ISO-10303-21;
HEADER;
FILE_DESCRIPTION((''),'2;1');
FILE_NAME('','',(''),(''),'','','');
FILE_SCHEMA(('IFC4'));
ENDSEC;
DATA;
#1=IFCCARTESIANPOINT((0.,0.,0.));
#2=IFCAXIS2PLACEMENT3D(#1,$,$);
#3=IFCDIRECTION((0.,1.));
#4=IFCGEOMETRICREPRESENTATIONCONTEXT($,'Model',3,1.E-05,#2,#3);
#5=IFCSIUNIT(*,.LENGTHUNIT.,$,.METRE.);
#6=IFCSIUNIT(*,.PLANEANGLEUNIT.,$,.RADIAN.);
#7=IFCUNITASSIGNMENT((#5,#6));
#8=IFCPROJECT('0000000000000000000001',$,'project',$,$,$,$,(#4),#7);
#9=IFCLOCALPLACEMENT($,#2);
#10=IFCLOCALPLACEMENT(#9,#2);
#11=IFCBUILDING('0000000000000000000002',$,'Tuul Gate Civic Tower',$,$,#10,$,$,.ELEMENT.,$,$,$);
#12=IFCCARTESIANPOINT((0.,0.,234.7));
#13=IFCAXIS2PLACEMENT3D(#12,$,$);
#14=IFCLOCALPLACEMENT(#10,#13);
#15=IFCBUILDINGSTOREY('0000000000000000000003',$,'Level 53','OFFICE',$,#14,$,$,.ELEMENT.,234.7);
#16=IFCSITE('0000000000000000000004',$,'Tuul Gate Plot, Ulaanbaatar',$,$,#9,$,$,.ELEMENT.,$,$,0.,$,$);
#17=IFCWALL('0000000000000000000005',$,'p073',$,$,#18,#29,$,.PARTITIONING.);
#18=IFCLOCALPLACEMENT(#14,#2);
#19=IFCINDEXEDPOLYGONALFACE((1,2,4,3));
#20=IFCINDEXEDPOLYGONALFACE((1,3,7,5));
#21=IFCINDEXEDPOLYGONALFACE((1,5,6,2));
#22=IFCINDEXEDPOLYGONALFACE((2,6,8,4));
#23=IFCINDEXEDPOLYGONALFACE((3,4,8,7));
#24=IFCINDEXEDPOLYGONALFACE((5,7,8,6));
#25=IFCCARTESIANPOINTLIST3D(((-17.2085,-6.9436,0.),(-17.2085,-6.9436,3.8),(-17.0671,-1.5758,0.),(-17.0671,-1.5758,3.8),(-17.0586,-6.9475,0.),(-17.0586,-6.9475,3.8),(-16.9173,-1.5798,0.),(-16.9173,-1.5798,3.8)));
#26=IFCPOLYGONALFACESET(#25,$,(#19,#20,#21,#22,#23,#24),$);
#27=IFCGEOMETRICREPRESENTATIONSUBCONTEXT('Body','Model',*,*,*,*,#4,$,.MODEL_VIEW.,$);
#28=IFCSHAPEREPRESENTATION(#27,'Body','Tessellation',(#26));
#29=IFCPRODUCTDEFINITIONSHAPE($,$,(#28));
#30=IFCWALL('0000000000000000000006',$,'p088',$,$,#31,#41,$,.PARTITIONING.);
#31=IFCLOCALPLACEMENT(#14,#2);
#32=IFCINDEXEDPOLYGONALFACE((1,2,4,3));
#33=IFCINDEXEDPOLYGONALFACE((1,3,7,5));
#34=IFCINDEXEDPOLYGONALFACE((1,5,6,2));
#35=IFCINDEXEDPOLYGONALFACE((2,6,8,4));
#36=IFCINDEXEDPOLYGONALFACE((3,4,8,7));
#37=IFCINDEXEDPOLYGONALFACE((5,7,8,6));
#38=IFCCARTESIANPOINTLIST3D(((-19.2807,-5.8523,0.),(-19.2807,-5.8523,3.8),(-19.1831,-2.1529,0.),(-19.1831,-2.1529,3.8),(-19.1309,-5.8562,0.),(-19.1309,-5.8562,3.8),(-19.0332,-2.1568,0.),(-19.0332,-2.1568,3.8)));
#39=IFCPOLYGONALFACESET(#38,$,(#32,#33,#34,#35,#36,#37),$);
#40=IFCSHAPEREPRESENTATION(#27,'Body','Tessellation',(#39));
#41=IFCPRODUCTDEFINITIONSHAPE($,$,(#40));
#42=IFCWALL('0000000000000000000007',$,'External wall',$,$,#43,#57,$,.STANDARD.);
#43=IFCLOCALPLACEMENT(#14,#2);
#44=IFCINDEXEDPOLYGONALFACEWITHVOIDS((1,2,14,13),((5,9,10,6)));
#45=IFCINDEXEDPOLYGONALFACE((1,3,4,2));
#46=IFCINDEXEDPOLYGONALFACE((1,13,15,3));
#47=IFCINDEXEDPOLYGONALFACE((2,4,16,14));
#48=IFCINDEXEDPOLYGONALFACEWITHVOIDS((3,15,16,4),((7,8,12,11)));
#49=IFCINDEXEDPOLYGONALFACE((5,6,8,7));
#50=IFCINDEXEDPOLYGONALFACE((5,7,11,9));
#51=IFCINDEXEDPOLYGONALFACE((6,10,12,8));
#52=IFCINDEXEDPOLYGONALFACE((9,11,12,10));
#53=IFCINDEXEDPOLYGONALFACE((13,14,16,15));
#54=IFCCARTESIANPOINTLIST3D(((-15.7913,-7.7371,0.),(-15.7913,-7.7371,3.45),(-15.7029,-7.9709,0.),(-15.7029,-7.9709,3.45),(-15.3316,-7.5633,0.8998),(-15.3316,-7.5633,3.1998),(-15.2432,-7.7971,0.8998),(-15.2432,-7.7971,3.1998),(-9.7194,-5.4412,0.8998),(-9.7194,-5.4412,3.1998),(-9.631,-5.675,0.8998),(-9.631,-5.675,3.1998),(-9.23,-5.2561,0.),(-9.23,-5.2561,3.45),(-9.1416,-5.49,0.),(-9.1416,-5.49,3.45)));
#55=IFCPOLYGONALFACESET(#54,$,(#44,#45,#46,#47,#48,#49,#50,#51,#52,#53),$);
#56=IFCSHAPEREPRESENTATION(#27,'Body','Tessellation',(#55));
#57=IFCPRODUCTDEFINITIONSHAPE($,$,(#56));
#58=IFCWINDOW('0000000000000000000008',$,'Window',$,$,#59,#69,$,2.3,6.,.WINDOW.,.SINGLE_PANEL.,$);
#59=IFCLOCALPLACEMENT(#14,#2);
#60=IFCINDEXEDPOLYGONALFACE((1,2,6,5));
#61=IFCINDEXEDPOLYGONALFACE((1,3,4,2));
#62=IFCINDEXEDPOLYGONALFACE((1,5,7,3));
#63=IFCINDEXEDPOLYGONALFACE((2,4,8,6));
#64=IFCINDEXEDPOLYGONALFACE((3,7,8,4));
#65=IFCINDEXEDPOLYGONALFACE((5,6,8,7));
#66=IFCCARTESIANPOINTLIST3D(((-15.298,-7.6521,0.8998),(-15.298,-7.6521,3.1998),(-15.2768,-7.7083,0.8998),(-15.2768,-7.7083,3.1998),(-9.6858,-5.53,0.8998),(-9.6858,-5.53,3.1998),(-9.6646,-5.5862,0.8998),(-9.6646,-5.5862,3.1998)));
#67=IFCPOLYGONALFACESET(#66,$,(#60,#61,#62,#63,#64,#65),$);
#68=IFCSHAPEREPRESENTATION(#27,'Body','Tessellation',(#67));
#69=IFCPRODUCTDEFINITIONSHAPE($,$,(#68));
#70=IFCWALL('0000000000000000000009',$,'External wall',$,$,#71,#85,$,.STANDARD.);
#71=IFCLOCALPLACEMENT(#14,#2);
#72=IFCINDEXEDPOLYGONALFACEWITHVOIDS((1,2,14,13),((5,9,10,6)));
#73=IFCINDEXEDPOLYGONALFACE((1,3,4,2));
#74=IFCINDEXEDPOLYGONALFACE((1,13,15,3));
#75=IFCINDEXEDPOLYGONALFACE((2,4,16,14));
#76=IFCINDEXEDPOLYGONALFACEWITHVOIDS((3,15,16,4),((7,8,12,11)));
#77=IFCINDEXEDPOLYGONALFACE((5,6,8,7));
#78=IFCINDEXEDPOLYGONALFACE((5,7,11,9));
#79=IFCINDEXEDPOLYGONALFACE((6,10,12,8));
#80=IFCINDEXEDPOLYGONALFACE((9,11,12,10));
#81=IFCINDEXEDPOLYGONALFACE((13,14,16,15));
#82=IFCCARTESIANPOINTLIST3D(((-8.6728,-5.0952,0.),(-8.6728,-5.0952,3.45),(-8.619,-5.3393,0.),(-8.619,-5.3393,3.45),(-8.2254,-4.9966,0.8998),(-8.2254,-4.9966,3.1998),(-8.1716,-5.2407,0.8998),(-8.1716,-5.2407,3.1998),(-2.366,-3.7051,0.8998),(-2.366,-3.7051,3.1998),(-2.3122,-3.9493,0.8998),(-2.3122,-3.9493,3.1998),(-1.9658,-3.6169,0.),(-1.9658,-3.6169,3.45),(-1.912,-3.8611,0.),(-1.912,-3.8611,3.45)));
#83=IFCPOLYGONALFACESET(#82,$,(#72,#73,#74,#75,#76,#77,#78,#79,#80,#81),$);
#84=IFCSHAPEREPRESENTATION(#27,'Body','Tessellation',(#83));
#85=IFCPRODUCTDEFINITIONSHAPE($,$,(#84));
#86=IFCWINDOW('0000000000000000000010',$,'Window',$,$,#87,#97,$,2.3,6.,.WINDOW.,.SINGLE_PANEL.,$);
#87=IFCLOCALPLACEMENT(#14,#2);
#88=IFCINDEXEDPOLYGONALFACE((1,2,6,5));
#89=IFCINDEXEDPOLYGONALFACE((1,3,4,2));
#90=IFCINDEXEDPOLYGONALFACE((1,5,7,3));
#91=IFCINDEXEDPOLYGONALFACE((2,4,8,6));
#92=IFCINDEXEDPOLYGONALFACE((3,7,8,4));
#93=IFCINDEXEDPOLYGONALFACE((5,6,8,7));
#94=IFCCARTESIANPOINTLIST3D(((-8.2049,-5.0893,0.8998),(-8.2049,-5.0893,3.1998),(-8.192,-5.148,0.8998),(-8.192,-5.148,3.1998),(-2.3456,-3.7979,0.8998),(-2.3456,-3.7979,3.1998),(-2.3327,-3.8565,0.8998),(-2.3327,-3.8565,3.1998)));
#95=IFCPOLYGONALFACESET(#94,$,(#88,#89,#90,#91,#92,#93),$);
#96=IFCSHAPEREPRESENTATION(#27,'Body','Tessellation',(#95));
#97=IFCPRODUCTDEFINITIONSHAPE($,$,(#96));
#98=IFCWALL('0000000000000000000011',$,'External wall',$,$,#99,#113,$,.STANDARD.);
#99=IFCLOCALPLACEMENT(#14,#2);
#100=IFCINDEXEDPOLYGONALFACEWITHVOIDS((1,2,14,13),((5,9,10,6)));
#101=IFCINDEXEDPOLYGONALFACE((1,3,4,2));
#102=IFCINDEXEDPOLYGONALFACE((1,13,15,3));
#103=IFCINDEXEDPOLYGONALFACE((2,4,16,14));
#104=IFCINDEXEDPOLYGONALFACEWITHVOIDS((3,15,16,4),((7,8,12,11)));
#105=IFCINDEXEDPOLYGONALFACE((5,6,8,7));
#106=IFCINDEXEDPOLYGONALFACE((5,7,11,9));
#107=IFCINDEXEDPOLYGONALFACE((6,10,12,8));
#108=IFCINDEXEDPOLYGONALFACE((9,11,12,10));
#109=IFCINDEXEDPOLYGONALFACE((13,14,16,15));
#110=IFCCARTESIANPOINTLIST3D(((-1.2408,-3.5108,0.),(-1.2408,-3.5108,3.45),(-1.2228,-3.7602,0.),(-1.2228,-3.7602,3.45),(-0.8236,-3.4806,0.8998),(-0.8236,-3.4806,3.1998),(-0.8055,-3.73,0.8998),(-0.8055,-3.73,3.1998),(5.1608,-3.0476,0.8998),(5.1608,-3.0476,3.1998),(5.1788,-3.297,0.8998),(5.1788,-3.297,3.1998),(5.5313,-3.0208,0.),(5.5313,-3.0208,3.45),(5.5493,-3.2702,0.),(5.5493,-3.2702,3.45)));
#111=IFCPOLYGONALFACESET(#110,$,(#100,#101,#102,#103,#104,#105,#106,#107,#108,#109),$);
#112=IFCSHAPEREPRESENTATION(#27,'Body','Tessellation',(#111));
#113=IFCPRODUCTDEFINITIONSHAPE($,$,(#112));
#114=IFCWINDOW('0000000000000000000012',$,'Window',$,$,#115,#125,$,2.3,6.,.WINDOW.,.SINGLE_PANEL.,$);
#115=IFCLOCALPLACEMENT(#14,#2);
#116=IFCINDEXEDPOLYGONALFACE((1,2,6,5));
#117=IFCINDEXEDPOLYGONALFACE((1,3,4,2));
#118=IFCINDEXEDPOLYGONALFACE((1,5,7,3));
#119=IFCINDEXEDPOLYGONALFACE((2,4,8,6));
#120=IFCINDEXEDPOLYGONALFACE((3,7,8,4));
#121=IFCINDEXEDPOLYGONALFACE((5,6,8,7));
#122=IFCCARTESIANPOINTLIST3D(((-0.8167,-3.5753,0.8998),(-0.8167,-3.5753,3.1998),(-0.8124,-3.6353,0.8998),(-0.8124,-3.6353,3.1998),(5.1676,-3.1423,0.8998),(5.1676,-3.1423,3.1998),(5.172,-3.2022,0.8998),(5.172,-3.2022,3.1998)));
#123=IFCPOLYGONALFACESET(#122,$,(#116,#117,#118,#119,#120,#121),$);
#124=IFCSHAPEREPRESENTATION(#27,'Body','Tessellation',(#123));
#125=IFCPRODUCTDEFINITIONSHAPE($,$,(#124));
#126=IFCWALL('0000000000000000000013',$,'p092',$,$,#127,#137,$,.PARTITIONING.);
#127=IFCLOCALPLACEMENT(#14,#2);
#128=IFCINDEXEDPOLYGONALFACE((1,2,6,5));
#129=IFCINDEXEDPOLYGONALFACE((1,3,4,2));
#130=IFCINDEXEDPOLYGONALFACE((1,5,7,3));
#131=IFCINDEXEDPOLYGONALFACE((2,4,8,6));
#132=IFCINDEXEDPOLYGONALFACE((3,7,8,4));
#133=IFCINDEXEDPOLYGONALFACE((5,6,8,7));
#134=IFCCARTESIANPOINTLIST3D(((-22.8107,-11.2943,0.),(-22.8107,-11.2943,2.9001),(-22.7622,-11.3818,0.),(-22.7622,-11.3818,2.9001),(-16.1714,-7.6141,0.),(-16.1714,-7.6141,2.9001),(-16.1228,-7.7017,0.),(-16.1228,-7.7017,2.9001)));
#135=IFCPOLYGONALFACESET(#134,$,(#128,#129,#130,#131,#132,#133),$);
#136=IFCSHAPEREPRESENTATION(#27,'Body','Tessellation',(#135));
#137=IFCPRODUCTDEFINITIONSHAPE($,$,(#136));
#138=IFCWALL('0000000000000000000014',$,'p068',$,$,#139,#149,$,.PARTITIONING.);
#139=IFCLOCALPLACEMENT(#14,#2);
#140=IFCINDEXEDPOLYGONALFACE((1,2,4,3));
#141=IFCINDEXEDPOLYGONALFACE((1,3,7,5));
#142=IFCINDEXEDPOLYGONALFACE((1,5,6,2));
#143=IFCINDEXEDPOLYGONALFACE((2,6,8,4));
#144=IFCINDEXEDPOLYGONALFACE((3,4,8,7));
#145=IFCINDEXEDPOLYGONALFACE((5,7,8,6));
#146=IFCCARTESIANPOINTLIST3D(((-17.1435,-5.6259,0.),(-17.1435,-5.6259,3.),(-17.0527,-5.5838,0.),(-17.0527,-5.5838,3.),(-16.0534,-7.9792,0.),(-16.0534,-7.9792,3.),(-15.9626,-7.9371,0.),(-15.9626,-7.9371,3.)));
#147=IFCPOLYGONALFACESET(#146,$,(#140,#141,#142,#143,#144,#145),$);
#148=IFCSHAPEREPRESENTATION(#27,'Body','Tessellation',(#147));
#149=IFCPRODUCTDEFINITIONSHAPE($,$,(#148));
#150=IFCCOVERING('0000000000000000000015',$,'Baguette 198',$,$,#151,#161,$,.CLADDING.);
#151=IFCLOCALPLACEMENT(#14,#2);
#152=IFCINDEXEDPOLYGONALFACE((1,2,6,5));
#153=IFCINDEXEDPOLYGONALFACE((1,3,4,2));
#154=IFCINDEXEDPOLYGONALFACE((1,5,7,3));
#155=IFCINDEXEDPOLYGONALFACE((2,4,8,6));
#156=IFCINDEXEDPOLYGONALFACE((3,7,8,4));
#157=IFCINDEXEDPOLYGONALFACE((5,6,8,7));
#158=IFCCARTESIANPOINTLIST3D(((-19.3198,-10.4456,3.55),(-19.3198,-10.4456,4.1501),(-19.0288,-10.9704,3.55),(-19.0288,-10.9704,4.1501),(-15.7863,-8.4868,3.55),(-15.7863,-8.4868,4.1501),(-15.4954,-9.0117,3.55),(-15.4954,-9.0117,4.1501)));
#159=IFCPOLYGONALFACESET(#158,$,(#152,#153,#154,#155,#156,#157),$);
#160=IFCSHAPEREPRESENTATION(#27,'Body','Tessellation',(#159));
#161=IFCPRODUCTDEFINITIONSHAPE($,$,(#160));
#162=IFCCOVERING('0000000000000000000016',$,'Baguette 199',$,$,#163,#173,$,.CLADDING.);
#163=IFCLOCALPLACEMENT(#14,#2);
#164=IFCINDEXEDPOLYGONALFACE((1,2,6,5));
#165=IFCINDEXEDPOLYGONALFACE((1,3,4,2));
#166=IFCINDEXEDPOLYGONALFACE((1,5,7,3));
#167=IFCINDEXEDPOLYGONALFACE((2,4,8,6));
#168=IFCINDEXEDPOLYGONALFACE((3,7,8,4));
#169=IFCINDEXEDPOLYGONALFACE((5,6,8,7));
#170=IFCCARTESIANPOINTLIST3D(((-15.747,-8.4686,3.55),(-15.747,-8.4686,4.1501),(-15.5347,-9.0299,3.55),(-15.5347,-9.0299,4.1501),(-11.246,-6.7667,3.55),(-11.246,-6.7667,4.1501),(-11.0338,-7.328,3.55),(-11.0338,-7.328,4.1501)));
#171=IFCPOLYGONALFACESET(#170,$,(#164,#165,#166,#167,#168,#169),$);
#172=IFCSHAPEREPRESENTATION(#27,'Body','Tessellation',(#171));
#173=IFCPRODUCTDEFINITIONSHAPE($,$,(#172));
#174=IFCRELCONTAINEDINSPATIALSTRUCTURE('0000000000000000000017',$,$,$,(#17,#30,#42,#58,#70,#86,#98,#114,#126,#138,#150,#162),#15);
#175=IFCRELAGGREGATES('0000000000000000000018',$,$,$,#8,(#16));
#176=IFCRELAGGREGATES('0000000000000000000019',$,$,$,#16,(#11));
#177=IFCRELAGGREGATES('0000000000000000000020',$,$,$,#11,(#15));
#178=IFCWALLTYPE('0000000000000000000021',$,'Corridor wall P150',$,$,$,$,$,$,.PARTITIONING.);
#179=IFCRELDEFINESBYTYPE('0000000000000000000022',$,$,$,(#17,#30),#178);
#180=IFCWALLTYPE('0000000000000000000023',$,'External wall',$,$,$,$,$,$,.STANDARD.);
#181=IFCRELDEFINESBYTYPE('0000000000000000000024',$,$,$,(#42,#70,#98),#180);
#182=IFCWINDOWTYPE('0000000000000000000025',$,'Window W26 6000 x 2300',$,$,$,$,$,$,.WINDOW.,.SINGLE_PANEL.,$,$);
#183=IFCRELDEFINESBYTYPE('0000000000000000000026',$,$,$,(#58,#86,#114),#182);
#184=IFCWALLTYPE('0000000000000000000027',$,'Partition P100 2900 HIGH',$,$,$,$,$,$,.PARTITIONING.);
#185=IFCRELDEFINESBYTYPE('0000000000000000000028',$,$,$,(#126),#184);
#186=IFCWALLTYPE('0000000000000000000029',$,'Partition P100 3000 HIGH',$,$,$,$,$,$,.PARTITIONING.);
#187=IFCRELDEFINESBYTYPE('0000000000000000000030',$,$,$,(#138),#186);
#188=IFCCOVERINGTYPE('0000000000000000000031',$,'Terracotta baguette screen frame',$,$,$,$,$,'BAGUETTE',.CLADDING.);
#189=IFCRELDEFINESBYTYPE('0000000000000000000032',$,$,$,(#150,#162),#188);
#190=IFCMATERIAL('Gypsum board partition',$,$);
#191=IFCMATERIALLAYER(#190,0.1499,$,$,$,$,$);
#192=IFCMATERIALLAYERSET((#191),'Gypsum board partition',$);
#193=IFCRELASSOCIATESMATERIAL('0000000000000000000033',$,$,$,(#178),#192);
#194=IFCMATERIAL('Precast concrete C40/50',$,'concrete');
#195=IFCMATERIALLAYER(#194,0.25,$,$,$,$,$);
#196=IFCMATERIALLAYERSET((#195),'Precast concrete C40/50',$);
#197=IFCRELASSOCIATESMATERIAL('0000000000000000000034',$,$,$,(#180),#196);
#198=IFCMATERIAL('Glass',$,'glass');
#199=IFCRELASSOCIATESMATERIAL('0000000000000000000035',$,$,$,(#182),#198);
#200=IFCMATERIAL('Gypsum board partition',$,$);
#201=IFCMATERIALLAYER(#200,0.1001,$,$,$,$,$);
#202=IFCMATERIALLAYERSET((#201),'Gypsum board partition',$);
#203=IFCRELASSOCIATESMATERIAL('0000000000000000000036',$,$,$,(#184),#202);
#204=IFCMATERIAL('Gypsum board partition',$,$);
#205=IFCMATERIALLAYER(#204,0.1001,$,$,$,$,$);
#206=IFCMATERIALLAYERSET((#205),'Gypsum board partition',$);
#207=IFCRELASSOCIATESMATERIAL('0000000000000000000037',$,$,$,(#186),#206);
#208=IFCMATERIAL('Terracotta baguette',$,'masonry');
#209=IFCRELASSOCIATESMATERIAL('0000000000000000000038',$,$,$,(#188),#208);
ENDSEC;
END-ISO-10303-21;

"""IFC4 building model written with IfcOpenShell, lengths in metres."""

from ifc_helpers import new_model, si_unit, direction, frame, frame_2d, origin, origin_2d, place, context, subcontext, project, spatial, rectangle, extrude, material, layer, layer_set, material_profile, profile_set, type_object, element, fill, save


model = new_model("IFC4")

# Units and contexts
model_context = context("Model", 3, precision=1e-05, world=origin(), true_north=direction((0.0, 1.0)))
body_context = subcontext(model_context, "Body", "Model", "MODEL_VIEW")
ifc_project = project(units=[si_unit("LENGTHUNIT", "METRE"), si_unit("PLANEANGLEUNIT", "RADIAN")], contexts=[model_context])

# Site, building, storey
site_placement = place(None, origin())
site = spatial("IfcSite", under=ifc_project, at=site_placement, Name="Tuul Gate Plot, Ulaanbaatar", CompositionType="ELEMENT", RefElevation=0.0)
building_placement = place(site_placement, origin())
building = spatial("IfcBuilding", under=site, at=building_placement, Name="Tuul Gate Civic Tower", CompositionType="ELEMENT")
storey_placement = place(building_placement, frame((0.0, 0.0, 234.7)))
storey = spatial("IfcBuildingStorey", under=building, at=storey_placement, Name="Level 53", Description="OFFICE", CompositionType="ELEMENT", Elevation=234.7)

# Walls
ifc_material_1 = material(Name="Gypsum board partition")
ifc_layer_1 = layer(ifc_material_1, 0.1499)
ifc_layer_set_1 = layer_set([ifc_layer_1], Name="Gypsum board partition")
wall_type_1 = type_object("IfcWallType", Name="Corridor wall P150", PredefinedType="PARTITIONING", material=ifc_layer_set_1)
wall_1_placement = place(storey_placement, frame((-17.1335, -6.9456, 0.0), z_axis=(0.0, 0.0, 1.0), x_axis=(0.026326, 0.999653, 0.0)))
element("IfcWall", 1, at=wall_1_placement, inside=storey, type_object=wall_type_1, Name="p073", PredefinedType="PARTITIONING", context=body_context, shape_type="SweptSolid", body=[
    extrude(rectangle(XDim=5.3696, YDim=0.1499, at=frame_2d((2.6848, 0.0))), origin(), (0.0, 0.0, 1.0), 3.8),
])
wall_2_placement = place(storey_placement, frame((-19.2058, -5.8542, 0.0), z_axis=(0.0, 0.0, 1.0), x_axis=(0.026388, 0.999652, 0.0)))
element("IfcWall", 2, at=wall_2_placement, inside=storey, type_object=wall_type_1, Name="p088", PredefinedType="PARTITIONING", context=body_context, shape_type="SweptSolid", body=[
    extrude(rectangle(XDim=3.7007, YDim=0.1499, at=frame_2d((1.8503, 0.0))), origin(), (0.0, 0.0, 1.0), 3.8),
])

# Walls, openings, windows
ifc_material_2 = material(Name="Precast concrete C40/50", Category="concrete")
ifc_layer_2 = layer(ifc_material_2, 0.25)
ifc_layer_set_2 = layer_set([ifc_layer_2], Name="Precast concrete C40/50")
wall_type_2 = type_object("IfcWallType", Name="External wall", PredefinedType="STANDARD", material=ifc_layer_set_2)
wall_3_placement = place(storey_placement, frame((-15.7471, -7.854, 0.0), z_axis=(0.0, 0.0, 1.0), x_axis=(0.935366, 0.353681, 0.0)))
wall_3 = element("IfcWall", 3, at=wall_3_placement, inside=storey, type_object=wall_type_2, Name="External wall", PredefinedType="STANDARD", context=body_context, shape_type="SweptSolid", body=[
    extrude(rectangle(XDim=7.0146, YDim=0.25, at=frame_2d((3.5073, 0.0))), origin(), (0.0, 0.0, 1.0), 3.45),
])
opening_1_placement = place(wall_3_placement, frame((0.4915, 0.0, 0.8999)))
opening_1 = element("IfcOpeningElement", 4, at=opening_1_placement, cuts=wall_3, PredefinedType="OPENING", context=body_context, shape_type="SweptSolid", body=[
    extrude(rectangle(XDim=6.0, YDim=2.3, at=frame_2d((3.0, 1.1499))), frame((0.0, 0.135, 0.0), z_axis=(0.0, -1.0, 0.0), x_axis=(1.0, 0.0, 0.0)), (0.0, 0.0, 1.0), 0.27),
])
ifc_material_3 = material(Name="Glass", Category="glass")
window_type = type_object("IfcWindowType", Name="Window W26 6000 x 2300", PartitioningType="SINGLE_PANEL", PredefinedType="WINDOW", material=ifc_material_3)
window_1_placement = place(opening_1_placement, origin())
window_1 = element("IfcWindow", 5, at=window_1_placement, inside=storey, type_object=window_type, Name="Window", OverallHeight=2.3, OverallWidth=6.0, PartitioningType="SINGLE_PANEL", PredefinedType="WINDOW", context=body_context, shape_type="SweptSolid", body=[
    extrude(rectangle(XDim=6.0, YDim=2.3, at=frame_2d((3.0, 1.1499))), frame((0.0, 0.03, 0.0), z_axis=(0.0, -1.0, 0.0), x_axis=(1.0, 0.0, 0.0)), (0.0, 0.0, 1.0), 0.0601),
])
fill(opening_1, window_1)
wall_4_placement = place(storey_placement, frame((-8.646, -5.2173, 0.0), z_axis=(0.0, 0.0, 1.0), x_axis=(0.976561, 0.21524, 0.0)))
wall_4 = element("IfcWall", 6, at=wall_4_placement, inside=storey, type_object=wall_type_2, Name="External wall", PredefinedType="STANDARD", context=body_context, shape_type="SweptSolid", body=[
    extrude(rectangle(XDim=6.8679, YDim=0.25, at=frame_2d((3.4341, 0.0))), origin(), (0.0, 0.0, 1.0), 3.45),
])
opening_2_placement = place(wall_4_placement, frame((0.4583, 0.0, 0.8999)))
opening_2 = element("IfcOpeningElement", 7, at=opening_2_placement, cuts=wall_4, PredefinedType="OPENING", context=body_context, shape_type="SweptSolid", body=[
    extrude(rectangle(XDim=6.0, YDim=2.3, at=frame_2d((3.0, 1.1499))), frame((0.0, 0.135, 0.0), z_axis=(0.0, -1.0, 0.0), x_axis=(1.0, 0.0, 0.0)), (0.0, 0.0, 1.0), 0.27),
])
window_2_placement = place(opening_2_placement, origin())
window_2 = element("IfcWindow", 8, at=window_2_placement, inside=storey, type_object=window_type, Name="Window", OverallHeight=2.3, OverallWidth=6.0, PartitioningType="SINGLE_PANEL", PredefinedType="WINDOW", context=body_context, shape_type="SweptSolid", body=[
    extrude(rectangle(XDim=6.0, YDim=2.3, at=frame_2d((3.0, 1.1499))), frame((0.0, 0.03, 0.0), z_axis=(0.0, -1.0, 0.0), x_axis=(1.0, 0.0, 0.0)), (0.0, 0.0, 1.0), 0.0601),
])
fill(opening_2, window_2)
wall_5_placement = place(storey_placement, frame((-1.2319, -3.6355, 0.0), z_axis=(0.0, 0.0, 1.0), x_axis=(0.997393, 0.072167, 0.0)))
wall_5 = element("IfcWall", 9, at=wall_5_placement, inside=storey, type_object=wall_type_2, Name="External wall", PredefinedType="STANDARD", context=body_context, shape_type="SweptSolid", body=[
    extrude(rectangle(XDim=6.7898, YDim=0.25, at=frame_2d((3.395, 0.0))), origin(), (0.0, 0.0, 1.0), 3.45),
])
opening_3_placement = place(wall_5_placement, frame((0.4185, 0.0, 0.8999)))
opening_3 = element("IfcOpeningElement", 10, at=opening_3_placement, cuts=wall_5, PredefinedType="OPENING", context=body_context, shape_type="SweptSolid", body=[
    extrude(rectangle(XDim=6.0, YDim=2.3, at=frame_2d((3.0, 1.1499))), frame((0.0, 0.135, 0.0), z_axis=(0.0, -1.0, 0.0), x_axis=(1.0, 0.0, 0.0)), (0.0, 0.0, 1.0), 0.27),
])
window_3_placement = place(opening_3_placement, origin())
window_3 = element("IfcWindow", 11, at=window_3_placement, inside=storey, type_object=window_type, Name="Window", OverallHeight=2.3, OverallWidth=6.0, PartitioningType="SINGLE_PANEL", PredefinedType="WINDOW", context=body_context, shape_type="SweptSolid", body=[
    extrude(rectangle(XDim=6.0, YDim=2.3, at=frame_2d((3.0, 1.1499))), frame((0.0, 0.03, 0.0), z_axis=(0.0, -1.0, 0.0), x_axis=(1.0, 0.0, 0.0)), (0.0, 0.0, 1.0), 0.0601),
])
fill(opening_3, window_3)

# Walls
ifc_material_4 = material(Name="Gypsum board partition")
ifc_layer_3 = layer(ifc_material_4, 0.1001)
ifc_layer_set_3 = layer_set([ifc_layer_3], Name="Gypsum board partition")
wall_type_3 = type_object("IfcWallType", Name="Partition P100 2900 HIGH", PredefinedType="PARTITIONING", material=ifc_layer_set_3)
wall_6_placement = place(storey_placement, frame((-16.1472, -7.658, 0.0), z_axis=(0.0, 0.0, 1.0), x_axis=(-0.874626, -0.484799, 0.0)))
element("IfcWall", 12, at=wall_6_placement, inside=storey, type_object=wall_type_3, Name="p092", PredefinedType="PARTITIONING", context=body_context, shape_type="SweptSolid", body=[
    extrude(rectangle(XDim=7.5911, YDim=0.1001, at=frame_2d((3.7954, 0.0))), origin(), (0.0, 0.0, 1.0), 2.9001),
])
ifc_material_5 = material(Name="Gypsum board partition")
ifc_layer_4 = layer(ifc_material_5, 0.1001)
ifc_layer_set_4 = layer_set([ifc_layer_4], Name="Gypsum board partition")
wall_type_4 = type_object("IfcWallType", Name="Partition P100 3000 HIGH", PredefinedType="PARTITIONING", material=ifc_layer_set_4)
wall_7_placement = place(storey_placement, frame((-17.0981, -5.6047, 0.0), z_axis=(0.0, 0.0, 1.0), x_axis=(0.420317, -0.907377, 0.0)))
element("IfcWall", 13, at=wall_7_placement, inside=storey, type_object=wall_type_4, Name="p068", PredefinedType="PARTITIONING", context=body_context, shape_type="SweptSolid", body=[
    extrude(rectangle(XDim=2.5935, YDim=0.1001, at=frame_2d((1.2969, 0.0))), origin(), (0.0, 0.0, 1.0), 3.0),
])

# Coverings
ifc_material_6 = material(Name="Terracotta baguette", Category="masonry")
ifc_material_profile_1 = material_profile(ifc_material_6, rectangle(XDim=0.6001, YDim=0.6001, at=origin_2d()), Name="Terracotta baguette screen frame")
ifc_profile_set_1 = profile_set([ifc_material_profile_1], Name="Terracotta baguette")
covering_type = type_object("IfcCoveringType", Name="Terracotta baguette screen frame", ElementType="BAGUETTE", PredefinedType="CLADDING", material=ifc_profile_set_1)
covering_1_placement = place(storey_placement, frame((-19.1743, -10.708, 3.8501), z_axis=(0.874607, 0.484832, 0.0), x_axis=(-0.484832, 0.874607, 0.0)))
element("IfcCovering", 14, at=covering_1_placement, inside=storey, type_object=covering_type, Name="Baguette 198", PredefinedType="CLADDING", context=body_context, shape_type="SweptSolid", body=[
    extrude(rectangle(XDim=0.6001, YDim=0.6001, at=origin_2d()), origin(), (0.0, 0.0, 1.0), 4.04),
])
covering_2_placement = place(storey_placement, frame((-15.6409, -8.7493, 3.8501), z_axis=(0.935367, 0.35368, 0.0), x_axis=(-0.35368, 0.935367, 0.0)))
element("IfcCovering", 15, at=covering_2_placement, inside=storey, type_object=covering_type, Name="Baguette 199", PredefinedType="CLADDING", context=body_context, shape_type="SweptSolid", body=[
    extrude(rectangle(XDim=0.6001, YDim=0.6001, at=origin_2d()), origin(), (0.0, 0.0, 1.0), 4.812),
])

save(model, "model.ifc")
